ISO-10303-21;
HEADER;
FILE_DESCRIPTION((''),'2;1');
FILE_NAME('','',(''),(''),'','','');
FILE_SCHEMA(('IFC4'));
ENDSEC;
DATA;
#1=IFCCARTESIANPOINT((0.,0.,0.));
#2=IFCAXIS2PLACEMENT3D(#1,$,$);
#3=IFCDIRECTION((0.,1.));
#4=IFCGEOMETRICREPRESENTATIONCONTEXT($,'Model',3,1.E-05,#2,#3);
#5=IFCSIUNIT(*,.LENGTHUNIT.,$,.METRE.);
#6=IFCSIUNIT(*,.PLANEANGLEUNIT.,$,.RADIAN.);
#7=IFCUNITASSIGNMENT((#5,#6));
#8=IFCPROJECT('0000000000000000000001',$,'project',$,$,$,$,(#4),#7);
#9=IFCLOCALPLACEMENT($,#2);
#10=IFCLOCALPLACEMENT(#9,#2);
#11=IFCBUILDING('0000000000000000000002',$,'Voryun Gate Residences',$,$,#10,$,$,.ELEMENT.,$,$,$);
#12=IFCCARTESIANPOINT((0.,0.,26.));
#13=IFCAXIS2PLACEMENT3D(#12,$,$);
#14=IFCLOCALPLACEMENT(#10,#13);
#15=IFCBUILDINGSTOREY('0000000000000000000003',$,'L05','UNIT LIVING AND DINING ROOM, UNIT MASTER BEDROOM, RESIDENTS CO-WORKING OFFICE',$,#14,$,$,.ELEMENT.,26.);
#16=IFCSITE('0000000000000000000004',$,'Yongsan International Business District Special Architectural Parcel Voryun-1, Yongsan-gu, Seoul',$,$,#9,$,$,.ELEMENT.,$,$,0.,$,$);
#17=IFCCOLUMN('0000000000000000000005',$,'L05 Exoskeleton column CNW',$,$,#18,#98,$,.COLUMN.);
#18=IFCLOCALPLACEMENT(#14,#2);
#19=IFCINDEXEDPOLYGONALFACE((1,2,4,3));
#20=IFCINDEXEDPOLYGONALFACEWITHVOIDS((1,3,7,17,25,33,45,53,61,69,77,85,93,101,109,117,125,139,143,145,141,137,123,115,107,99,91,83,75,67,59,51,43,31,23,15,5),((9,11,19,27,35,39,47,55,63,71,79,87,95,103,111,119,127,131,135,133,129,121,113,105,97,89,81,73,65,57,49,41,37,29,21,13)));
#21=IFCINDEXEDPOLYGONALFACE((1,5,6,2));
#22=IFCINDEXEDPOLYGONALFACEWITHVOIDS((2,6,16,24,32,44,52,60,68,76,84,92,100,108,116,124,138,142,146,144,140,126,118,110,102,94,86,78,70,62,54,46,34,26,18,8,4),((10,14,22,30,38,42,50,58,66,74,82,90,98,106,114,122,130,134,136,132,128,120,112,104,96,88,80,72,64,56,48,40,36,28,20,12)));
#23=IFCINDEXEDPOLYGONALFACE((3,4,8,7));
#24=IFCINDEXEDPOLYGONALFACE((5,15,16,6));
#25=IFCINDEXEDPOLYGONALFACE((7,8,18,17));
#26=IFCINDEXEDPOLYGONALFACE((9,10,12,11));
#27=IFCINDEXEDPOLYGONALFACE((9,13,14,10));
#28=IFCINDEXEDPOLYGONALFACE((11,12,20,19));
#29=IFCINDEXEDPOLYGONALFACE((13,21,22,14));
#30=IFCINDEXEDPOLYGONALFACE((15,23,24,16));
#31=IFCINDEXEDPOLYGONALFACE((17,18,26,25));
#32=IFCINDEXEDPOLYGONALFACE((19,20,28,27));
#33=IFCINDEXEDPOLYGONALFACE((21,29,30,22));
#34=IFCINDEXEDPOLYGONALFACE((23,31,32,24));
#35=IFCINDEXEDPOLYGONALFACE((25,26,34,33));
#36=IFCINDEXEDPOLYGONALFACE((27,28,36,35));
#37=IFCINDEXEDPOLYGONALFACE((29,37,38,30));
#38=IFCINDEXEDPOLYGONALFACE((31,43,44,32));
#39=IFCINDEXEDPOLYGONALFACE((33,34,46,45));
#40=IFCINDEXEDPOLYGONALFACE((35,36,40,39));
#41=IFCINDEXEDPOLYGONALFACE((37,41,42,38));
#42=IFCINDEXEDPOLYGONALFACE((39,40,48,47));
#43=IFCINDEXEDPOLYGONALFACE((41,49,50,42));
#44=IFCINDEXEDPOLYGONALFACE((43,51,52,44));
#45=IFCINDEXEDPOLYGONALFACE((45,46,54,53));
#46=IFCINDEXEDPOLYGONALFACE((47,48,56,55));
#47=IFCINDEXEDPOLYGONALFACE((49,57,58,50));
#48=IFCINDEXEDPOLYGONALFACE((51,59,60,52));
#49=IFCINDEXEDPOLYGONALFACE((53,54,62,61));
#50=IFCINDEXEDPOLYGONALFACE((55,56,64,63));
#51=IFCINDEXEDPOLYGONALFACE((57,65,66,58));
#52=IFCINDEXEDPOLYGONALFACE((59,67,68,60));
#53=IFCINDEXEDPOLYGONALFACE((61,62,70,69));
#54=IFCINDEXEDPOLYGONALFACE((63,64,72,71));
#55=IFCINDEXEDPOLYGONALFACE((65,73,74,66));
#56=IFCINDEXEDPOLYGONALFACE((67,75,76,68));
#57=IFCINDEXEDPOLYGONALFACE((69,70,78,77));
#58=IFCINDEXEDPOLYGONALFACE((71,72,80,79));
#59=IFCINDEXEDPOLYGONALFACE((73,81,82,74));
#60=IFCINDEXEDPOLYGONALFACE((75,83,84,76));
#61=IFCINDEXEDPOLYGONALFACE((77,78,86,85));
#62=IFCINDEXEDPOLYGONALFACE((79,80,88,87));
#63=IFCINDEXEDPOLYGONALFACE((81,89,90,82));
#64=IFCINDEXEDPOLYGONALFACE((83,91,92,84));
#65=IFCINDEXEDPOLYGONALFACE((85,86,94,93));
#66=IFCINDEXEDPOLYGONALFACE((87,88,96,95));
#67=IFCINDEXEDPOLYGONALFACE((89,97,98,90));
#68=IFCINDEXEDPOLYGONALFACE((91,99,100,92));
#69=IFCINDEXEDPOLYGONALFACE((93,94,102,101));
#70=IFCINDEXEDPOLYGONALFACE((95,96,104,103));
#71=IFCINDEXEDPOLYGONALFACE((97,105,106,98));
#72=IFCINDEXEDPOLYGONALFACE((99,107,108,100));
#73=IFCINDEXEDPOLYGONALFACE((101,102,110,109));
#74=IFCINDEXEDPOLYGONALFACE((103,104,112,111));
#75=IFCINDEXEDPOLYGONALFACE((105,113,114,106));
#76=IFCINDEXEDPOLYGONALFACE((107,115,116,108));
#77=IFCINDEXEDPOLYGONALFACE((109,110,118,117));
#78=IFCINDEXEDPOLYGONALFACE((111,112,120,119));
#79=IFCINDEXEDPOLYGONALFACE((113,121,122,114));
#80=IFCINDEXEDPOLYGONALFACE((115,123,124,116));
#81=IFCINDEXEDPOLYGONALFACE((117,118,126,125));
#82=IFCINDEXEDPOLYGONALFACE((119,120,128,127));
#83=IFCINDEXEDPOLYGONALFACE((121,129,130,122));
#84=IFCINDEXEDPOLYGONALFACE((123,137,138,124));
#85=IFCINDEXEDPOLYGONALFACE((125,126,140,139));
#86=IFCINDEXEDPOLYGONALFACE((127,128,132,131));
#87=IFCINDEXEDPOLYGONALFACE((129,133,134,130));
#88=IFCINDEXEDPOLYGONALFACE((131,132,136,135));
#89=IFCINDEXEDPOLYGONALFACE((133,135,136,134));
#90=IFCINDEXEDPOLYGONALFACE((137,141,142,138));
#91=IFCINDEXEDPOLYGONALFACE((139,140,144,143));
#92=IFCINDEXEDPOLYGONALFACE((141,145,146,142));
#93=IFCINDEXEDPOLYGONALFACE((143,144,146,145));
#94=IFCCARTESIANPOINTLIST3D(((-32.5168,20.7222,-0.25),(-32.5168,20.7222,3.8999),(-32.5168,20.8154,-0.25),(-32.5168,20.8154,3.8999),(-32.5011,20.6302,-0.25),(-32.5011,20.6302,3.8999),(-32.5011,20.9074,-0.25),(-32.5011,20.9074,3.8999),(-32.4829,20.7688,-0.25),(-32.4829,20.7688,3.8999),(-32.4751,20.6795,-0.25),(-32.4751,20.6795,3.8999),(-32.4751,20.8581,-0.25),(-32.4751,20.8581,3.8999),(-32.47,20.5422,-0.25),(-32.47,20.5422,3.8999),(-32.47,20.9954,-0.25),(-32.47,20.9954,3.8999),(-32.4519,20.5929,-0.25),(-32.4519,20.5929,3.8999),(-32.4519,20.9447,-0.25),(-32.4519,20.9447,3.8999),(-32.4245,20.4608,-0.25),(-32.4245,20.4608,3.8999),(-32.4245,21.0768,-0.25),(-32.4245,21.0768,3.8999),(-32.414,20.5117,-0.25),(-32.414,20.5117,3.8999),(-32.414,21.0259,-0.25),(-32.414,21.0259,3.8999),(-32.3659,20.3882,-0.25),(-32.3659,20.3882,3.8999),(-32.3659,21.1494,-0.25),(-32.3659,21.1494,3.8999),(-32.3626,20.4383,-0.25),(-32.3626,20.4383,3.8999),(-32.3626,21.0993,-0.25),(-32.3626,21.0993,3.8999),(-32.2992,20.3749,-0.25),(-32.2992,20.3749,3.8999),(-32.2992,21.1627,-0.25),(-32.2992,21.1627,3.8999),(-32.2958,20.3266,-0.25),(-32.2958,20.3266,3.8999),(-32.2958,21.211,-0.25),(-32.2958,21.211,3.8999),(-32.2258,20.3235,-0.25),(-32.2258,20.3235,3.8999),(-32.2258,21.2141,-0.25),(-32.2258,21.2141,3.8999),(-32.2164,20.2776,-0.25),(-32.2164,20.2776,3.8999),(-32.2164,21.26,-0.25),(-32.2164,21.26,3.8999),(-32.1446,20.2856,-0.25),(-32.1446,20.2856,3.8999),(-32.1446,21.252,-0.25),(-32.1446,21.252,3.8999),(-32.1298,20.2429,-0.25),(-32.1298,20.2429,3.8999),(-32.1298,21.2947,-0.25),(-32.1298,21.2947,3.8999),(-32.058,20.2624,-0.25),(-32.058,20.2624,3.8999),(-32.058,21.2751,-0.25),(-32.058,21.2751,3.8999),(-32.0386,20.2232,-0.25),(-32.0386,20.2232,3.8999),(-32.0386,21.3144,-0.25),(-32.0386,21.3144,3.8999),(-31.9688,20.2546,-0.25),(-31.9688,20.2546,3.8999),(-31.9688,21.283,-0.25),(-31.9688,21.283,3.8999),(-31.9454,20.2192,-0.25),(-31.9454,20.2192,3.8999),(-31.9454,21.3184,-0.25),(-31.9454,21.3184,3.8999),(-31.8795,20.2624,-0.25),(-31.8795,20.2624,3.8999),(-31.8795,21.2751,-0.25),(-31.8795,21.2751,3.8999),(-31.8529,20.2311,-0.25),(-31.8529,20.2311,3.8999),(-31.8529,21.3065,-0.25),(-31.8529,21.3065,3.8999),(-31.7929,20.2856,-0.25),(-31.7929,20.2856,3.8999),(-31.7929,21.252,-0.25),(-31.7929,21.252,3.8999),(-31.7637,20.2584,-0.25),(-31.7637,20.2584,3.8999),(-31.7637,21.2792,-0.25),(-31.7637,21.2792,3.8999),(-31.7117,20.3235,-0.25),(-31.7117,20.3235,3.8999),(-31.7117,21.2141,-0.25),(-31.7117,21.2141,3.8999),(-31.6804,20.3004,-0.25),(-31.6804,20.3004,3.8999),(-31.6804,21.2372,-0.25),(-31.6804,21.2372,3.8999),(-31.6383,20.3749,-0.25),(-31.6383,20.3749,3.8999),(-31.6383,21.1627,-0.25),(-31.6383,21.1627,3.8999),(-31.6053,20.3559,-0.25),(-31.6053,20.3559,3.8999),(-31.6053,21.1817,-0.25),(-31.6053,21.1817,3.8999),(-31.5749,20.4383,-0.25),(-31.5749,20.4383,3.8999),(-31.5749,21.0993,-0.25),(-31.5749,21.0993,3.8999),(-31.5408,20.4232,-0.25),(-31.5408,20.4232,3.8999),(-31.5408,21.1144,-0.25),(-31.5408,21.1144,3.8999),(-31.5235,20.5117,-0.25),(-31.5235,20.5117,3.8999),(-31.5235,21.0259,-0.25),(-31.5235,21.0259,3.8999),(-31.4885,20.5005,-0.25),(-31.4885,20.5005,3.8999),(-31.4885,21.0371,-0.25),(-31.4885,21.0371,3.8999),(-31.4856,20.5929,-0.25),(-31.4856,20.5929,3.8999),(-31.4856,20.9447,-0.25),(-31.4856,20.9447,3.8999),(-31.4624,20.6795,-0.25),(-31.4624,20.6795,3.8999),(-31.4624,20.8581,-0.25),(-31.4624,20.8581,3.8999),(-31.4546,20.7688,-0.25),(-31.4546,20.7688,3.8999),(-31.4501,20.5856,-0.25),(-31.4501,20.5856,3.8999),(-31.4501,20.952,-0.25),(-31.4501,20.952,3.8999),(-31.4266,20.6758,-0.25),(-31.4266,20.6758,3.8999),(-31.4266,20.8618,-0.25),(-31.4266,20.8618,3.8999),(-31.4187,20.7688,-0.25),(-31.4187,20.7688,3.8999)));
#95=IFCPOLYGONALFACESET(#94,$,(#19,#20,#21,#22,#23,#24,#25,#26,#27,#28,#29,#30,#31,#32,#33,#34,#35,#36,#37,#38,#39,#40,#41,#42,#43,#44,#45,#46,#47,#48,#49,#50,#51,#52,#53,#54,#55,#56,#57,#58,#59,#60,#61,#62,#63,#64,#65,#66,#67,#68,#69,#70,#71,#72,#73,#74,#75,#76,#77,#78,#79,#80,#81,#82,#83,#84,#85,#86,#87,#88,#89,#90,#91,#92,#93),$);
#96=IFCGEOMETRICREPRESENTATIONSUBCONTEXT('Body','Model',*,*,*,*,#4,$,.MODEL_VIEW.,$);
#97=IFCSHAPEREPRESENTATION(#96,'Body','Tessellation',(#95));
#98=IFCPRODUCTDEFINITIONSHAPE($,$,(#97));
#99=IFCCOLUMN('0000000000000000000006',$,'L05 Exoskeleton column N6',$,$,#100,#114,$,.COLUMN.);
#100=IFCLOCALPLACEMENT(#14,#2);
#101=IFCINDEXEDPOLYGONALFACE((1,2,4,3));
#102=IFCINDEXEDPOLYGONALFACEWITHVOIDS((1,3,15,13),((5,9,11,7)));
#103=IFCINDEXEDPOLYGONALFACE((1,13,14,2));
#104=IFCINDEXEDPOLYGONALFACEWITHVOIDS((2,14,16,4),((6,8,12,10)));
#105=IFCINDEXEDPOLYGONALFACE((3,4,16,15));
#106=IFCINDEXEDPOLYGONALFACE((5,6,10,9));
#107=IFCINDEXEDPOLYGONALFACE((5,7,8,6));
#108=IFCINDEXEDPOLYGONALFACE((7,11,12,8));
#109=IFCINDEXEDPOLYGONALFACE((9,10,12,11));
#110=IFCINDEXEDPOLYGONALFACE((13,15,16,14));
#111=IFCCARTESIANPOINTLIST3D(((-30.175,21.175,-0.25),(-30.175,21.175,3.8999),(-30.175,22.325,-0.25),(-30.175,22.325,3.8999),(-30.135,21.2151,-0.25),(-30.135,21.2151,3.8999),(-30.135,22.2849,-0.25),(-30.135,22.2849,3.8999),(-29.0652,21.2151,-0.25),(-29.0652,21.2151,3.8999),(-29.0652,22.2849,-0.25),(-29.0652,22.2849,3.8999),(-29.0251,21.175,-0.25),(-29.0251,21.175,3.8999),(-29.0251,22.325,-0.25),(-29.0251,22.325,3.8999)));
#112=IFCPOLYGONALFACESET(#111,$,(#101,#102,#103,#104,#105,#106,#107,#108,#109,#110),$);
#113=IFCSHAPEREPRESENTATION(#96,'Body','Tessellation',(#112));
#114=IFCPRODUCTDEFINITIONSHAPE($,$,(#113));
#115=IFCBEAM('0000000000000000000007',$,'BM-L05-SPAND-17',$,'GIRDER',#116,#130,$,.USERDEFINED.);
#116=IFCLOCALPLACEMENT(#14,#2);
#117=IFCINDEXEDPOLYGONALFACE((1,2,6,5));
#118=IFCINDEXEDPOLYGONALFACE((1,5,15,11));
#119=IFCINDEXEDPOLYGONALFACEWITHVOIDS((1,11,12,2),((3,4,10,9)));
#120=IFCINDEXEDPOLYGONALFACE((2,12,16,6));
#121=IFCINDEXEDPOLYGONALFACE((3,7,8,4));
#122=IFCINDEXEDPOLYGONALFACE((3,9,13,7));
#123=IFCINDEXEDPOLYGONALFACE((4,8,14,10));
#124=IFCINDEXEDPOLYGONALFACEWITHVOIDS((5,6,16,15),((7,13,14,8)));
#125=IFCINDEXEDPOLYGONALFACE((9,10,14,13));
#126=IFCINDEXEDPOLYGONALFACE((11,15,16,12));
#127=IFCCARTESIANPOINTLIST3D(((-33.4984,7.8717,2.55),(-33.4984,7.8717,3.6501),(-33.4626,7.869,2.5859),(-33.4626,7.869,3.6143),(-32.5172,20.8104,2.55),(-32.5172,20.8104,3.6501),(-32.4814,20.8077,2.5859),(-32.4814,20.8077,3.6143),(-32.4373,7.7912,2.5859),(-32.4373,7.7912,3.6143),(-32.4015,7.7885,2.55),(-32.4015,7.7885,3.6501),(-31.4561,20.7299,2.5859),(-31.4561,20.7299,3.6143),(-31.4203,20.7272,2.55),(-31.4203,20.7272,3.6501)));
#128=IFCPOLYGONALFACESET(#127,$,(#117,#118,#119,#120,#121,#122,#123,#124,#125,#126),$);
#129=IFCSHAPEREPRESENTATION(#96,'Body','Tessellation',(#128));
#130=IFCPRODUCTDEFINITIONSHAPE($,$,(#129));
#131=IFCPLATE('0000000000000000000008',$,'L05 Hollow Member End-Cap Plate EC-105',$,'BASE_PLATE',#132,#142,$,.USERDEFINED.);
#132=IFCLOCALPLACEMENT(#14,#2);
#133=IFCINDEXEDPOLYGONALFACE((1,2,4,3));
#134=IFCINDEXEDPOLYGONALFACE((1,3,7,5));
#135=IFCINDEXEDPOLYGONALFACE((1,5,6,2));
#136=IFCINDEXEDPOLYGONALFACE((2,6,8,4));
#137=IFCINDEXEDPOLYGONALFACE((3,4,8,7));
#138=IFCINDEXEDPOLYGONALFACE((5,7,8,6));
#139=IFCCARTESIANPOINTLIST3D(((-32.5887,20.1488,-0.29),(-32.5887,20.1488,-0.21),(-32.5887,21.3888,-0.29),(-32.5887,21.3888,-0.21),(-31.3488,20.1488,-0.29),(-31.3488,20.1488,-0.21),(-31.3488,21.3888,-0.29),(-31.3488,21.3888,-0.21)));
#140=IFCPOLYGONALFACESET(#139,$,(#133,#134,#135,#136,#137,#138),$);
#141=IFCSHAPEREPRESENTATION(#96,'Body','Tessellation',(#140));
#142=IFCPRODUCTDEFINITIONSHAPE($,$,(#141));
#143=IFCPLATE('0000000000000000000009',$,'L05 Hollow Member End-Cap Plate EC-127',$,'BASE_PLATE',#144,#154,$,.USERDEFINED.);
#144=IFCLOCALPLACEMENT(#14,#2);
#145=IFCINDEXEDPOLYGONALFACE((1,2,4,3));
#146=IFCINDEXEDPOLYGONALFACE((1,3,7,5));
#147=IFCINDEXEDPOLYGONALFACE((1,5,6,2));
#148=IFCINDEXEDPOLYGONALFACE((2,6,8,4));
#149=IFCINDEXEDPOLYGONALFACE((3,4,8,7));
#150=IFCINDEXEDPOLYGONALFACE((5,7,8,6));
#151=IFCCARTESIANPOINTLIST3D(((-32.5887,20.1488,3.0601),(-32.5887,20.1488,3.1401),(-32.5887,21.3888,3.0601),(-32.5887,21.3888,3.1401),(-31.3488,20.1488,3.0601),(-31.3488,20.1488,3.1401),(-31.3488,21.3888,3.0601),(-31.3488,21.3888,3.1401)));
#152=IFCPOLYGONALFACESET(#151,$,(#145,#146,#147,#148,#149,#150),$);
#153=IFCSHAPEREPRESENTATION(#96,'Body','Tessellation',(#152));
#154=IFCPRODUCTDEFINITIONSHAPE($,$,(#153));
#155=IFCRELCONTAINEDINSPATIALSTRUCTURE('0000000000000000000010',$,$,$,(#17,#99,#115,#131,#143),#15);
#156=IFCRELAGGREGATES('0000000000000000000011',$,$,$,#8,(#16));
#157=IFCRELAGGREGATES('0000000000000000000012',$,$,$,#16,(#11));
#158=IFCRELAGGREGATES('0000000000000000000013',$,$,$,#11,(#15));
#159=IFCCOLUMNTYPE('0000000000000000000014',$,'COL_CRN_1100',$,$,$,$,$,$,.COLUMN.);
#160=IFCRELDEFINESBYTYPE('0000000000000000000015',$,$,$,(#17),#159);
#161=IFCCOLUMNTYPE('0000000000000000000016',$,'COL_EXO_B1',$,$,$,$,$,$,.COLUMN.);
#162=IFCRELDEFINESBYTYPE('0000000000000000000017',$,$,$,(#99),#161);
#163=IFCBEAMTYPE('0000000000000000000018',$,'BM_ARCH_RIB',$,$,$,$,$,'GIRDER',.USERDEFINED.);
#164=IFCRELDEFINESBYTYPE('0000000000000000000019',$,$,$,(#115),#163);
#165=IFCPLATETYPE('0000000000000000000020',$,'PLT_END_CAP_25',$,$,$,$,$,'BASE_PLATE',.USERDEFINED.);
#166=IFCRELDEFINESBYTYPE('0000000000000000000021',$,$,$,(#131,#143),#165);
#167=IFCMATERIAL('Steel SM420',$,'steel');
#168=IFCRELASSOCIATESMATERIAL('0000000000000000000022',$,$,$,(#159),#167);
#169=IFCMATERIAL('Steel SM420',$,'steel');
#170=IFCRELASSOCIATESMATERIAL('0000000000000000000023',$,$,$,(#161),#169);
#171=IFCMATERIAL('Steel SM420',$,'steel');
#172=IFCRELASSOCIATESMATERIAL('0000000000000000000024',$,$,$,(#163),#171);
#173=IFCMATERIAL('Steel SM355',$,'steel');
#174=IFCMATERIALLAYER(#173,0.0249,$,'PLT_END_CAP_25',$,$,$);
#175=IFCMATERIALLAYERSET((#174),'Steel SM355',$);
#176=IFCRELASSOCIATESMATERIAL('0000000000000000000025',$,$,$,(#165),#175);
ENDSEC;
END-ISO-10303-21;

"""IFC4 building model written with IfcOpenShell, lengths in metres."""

from ifc_helpers import new_model, si_unit, direction, frame, origin, origin_2d, place, context, subcontext, project, spatial, rectangle, hollow_rectangle, hollow_circle, extrude, material, layer, layer_set, material_profile, profile_set, type_object, element, save


model = new_model("IFC4")

# Units and contexts
model_context = context("Model", 3, precision=1e-05, world=origin(), true_north=direction((0.0, 1.0)))
body_context = subcontext(model_context, "Body", "Model", "MODEL_VIEW")
ifc_project = project(units=[si_unit("LENGTHUNIT", "METRE"), si_unit("PLANEANGLEUNIT", "RADIAN")], contexts=[model_context])

# Site, building, storey
site_placement = place(None, origin())
site = spatial("IfcSite", under=ifc_project, at=site_placement, Name="Yongsan International Business District Special Architectural Parcel Voryun-1, Yongsan-gu, Seoul", CompositionType="ELEMENT", RefElevation=0.0)
building_placement = place(site_placement, origin())
building = spatial("IfcBuilding", under=site, at=building_placement, Name="Voryun Gate Residences", CompositionType="ELEMENT")
storey_placement = place(building_placement, frame((0.0, 0.0, 26.0)))
storey = spatial("IfcBuildingStorey", under=building, at=storey_placement, Name="L05", Description="UNIT LIVING AND DINING ROOM, UNIT MASTER BEDROOM, RESIDENTS CO-WORKING OFFICE", CompositionType="ELEMENT", Elevation=26.0)

# Columns
ifc_material_1 = material(Name="Steel SM420", Category="steel")
ifc_material_profile_1 = material_profile(ifc_material_1, hollow_circle(Radius=0.55, WallThickness=0.0359, at=origin_2d()), Name="CHS-1100x36")
ifc_profile_set_1 = profile_set([ifc_material_profile_1], Name="Steel SM420")
column_type_1 = type_object("IfcColumnType", Name="COL_CRN_1100", PredefinedType="COLUMN", material=ifc_profile_set_1)
column_1_placement = place(storey_placement, frame((-31.9688, 20.7688, -0.25), z_axis=(0.0, 0.0, 1.0), x_axis=(1.0, 0.0, 0.0)))
element("IfcColumn", 1, at=column_1_placement, inside=storey, type_object=column_type_1, Name="L05 Exoskeleton column CNW", PredefinedType="COLUMN", context=body_context, shape_type="SweptSolid", body=[
    extrude(hollow_circle(Radius=0.55, WallThickness=0.0359, at=origin_2d()), origin(), (0.0, 0.0, 1.0), 4.1499),
])
ifc_material_2 = material(Name="Steel SM420", Category="steel")
ifc_material_profile_2 = material_profile(ifc_material_2, hollow_rectangle(XDim=1.1499, YDim=1.1499, WallThickness=0.04, at=origin_2d()), Name="BOX-1150x1150x40")
ifc_profile_set_2 = profile_set([ifc_material_profile_2], Name="Steel SM420")
column_type_2 = type_object("IfcColumnType", Name="COL_EXO_B1", PredefinedType="COLUMN", material=ifc_profile_set_2)
column_2_placement = place(storey_placement, frame((-29.6001, 21.75, -0.25), z_axis=(0.0, 0.0, 1.0), x_axis=(1.0, 0.0, 0.0)))
element("IfcColumn", 2, at=column_2_placement, inside=storey, type_object=column_type_2, Name="L05 Exoskeleton column N6", PredefinedType="COLUMN", context=body_context, shape_type="SweptSolid", body=[
    extrude(hollow_rectangle(XDim=1.1499, YDim=1.1499, WallThickness=0.04, at=origin_2d()), origin(), (0.0, 0.0, 1.0), 4.1499),
])

# Beam
ifc_material_3 = material(Name="Steel SM420", Category="steel")
ifc_material_profile_3 = material_profile(ifc_material_3, hollow_rectangle(XDim=1.1001, YDim=1.1001, WallThickness=0.0359, at=origin_2d()), Name="BOX-1100x1100x36")
ifc_profile_set_3 = profile_set([ifc_material_profile_3], Name="Steel SM420")
beam_type = type_object("IfcBeamType", Name="BM_ARCH_RIB", ElementType="GIRDER", PredefinedType="USERDEFINED", material=ifc_profile_set_3)
beam_placement = place(storey_placement, frame((-31.9688, 20.7688, 3.1001), z_axis=(-0.075617, -0.997137, 0.0), x_axis=(0.997137, -0.075617, 0.0)))
element("IfcBeam", 3, at=beam_placement, inside=storey, type_object=beam_type, Name="BM-L05-SPAND-17", ObjectType="GIRDER", PredefinedType="USERDEFINED", context=body_context, shape_type="SweptSolid", body=[
    extrude(hollow_rectangle(XDim=1.1001, YDim=1.1001, WallThickness=0.0359, at=origin_2d()), origin(), (0.0, 0.0, 1.0), 12.9758),
])

# Plates
ifc_material_4 = material(Name="Steel SM355", Category="steel")
ifc_layer_1 = layer(ifc_material_4, 0.0249, Name="PLT_END_CAP_25")
ifc_layer_set_1 = layer_set([ifc_layer_1], Name="Steel SM355")
plate_type = type_object("IfcPlateType", Name="PLT_END_CAP_25", ElementType="BASE_PLATE", PredefinedType="USERDEFINED", material=ifc_layer_set_1)
for number, where, z_axis, x_axis, name in (
    (4, (-31.9688, 20.7688, -0.29), (0.0, 0.0, 1.0), (1.0, 0.0, 0.0), "L05 Hollow Member End-Cap Plate EC-105"),
    (5, (-31.9688, 20.7688, 3.0601), (0.0, 0.0, 1.0), (1.0, 0.0, 0.0), "L05 Hollow Member End-Cap Plate EC-127"),
):
    element("IfcPlate", number, at=place(storey_placement, frame(where, z_axis=z_axis, x_axis=x_axis)), inside=storey, type_object=plate_type, Name=name, ObjectType="BASE_PLATE", PredefinedType="USERDEFINED", context=body_context, shape_type="SweptSolid", body=[
        extrude(rectangle(XDim=1.24, YDim=1.24, at=origin_2d()), origin(), (0.0, 0.0, 1.0), 0.0801),
    ])

save(model, "model.ifc")
